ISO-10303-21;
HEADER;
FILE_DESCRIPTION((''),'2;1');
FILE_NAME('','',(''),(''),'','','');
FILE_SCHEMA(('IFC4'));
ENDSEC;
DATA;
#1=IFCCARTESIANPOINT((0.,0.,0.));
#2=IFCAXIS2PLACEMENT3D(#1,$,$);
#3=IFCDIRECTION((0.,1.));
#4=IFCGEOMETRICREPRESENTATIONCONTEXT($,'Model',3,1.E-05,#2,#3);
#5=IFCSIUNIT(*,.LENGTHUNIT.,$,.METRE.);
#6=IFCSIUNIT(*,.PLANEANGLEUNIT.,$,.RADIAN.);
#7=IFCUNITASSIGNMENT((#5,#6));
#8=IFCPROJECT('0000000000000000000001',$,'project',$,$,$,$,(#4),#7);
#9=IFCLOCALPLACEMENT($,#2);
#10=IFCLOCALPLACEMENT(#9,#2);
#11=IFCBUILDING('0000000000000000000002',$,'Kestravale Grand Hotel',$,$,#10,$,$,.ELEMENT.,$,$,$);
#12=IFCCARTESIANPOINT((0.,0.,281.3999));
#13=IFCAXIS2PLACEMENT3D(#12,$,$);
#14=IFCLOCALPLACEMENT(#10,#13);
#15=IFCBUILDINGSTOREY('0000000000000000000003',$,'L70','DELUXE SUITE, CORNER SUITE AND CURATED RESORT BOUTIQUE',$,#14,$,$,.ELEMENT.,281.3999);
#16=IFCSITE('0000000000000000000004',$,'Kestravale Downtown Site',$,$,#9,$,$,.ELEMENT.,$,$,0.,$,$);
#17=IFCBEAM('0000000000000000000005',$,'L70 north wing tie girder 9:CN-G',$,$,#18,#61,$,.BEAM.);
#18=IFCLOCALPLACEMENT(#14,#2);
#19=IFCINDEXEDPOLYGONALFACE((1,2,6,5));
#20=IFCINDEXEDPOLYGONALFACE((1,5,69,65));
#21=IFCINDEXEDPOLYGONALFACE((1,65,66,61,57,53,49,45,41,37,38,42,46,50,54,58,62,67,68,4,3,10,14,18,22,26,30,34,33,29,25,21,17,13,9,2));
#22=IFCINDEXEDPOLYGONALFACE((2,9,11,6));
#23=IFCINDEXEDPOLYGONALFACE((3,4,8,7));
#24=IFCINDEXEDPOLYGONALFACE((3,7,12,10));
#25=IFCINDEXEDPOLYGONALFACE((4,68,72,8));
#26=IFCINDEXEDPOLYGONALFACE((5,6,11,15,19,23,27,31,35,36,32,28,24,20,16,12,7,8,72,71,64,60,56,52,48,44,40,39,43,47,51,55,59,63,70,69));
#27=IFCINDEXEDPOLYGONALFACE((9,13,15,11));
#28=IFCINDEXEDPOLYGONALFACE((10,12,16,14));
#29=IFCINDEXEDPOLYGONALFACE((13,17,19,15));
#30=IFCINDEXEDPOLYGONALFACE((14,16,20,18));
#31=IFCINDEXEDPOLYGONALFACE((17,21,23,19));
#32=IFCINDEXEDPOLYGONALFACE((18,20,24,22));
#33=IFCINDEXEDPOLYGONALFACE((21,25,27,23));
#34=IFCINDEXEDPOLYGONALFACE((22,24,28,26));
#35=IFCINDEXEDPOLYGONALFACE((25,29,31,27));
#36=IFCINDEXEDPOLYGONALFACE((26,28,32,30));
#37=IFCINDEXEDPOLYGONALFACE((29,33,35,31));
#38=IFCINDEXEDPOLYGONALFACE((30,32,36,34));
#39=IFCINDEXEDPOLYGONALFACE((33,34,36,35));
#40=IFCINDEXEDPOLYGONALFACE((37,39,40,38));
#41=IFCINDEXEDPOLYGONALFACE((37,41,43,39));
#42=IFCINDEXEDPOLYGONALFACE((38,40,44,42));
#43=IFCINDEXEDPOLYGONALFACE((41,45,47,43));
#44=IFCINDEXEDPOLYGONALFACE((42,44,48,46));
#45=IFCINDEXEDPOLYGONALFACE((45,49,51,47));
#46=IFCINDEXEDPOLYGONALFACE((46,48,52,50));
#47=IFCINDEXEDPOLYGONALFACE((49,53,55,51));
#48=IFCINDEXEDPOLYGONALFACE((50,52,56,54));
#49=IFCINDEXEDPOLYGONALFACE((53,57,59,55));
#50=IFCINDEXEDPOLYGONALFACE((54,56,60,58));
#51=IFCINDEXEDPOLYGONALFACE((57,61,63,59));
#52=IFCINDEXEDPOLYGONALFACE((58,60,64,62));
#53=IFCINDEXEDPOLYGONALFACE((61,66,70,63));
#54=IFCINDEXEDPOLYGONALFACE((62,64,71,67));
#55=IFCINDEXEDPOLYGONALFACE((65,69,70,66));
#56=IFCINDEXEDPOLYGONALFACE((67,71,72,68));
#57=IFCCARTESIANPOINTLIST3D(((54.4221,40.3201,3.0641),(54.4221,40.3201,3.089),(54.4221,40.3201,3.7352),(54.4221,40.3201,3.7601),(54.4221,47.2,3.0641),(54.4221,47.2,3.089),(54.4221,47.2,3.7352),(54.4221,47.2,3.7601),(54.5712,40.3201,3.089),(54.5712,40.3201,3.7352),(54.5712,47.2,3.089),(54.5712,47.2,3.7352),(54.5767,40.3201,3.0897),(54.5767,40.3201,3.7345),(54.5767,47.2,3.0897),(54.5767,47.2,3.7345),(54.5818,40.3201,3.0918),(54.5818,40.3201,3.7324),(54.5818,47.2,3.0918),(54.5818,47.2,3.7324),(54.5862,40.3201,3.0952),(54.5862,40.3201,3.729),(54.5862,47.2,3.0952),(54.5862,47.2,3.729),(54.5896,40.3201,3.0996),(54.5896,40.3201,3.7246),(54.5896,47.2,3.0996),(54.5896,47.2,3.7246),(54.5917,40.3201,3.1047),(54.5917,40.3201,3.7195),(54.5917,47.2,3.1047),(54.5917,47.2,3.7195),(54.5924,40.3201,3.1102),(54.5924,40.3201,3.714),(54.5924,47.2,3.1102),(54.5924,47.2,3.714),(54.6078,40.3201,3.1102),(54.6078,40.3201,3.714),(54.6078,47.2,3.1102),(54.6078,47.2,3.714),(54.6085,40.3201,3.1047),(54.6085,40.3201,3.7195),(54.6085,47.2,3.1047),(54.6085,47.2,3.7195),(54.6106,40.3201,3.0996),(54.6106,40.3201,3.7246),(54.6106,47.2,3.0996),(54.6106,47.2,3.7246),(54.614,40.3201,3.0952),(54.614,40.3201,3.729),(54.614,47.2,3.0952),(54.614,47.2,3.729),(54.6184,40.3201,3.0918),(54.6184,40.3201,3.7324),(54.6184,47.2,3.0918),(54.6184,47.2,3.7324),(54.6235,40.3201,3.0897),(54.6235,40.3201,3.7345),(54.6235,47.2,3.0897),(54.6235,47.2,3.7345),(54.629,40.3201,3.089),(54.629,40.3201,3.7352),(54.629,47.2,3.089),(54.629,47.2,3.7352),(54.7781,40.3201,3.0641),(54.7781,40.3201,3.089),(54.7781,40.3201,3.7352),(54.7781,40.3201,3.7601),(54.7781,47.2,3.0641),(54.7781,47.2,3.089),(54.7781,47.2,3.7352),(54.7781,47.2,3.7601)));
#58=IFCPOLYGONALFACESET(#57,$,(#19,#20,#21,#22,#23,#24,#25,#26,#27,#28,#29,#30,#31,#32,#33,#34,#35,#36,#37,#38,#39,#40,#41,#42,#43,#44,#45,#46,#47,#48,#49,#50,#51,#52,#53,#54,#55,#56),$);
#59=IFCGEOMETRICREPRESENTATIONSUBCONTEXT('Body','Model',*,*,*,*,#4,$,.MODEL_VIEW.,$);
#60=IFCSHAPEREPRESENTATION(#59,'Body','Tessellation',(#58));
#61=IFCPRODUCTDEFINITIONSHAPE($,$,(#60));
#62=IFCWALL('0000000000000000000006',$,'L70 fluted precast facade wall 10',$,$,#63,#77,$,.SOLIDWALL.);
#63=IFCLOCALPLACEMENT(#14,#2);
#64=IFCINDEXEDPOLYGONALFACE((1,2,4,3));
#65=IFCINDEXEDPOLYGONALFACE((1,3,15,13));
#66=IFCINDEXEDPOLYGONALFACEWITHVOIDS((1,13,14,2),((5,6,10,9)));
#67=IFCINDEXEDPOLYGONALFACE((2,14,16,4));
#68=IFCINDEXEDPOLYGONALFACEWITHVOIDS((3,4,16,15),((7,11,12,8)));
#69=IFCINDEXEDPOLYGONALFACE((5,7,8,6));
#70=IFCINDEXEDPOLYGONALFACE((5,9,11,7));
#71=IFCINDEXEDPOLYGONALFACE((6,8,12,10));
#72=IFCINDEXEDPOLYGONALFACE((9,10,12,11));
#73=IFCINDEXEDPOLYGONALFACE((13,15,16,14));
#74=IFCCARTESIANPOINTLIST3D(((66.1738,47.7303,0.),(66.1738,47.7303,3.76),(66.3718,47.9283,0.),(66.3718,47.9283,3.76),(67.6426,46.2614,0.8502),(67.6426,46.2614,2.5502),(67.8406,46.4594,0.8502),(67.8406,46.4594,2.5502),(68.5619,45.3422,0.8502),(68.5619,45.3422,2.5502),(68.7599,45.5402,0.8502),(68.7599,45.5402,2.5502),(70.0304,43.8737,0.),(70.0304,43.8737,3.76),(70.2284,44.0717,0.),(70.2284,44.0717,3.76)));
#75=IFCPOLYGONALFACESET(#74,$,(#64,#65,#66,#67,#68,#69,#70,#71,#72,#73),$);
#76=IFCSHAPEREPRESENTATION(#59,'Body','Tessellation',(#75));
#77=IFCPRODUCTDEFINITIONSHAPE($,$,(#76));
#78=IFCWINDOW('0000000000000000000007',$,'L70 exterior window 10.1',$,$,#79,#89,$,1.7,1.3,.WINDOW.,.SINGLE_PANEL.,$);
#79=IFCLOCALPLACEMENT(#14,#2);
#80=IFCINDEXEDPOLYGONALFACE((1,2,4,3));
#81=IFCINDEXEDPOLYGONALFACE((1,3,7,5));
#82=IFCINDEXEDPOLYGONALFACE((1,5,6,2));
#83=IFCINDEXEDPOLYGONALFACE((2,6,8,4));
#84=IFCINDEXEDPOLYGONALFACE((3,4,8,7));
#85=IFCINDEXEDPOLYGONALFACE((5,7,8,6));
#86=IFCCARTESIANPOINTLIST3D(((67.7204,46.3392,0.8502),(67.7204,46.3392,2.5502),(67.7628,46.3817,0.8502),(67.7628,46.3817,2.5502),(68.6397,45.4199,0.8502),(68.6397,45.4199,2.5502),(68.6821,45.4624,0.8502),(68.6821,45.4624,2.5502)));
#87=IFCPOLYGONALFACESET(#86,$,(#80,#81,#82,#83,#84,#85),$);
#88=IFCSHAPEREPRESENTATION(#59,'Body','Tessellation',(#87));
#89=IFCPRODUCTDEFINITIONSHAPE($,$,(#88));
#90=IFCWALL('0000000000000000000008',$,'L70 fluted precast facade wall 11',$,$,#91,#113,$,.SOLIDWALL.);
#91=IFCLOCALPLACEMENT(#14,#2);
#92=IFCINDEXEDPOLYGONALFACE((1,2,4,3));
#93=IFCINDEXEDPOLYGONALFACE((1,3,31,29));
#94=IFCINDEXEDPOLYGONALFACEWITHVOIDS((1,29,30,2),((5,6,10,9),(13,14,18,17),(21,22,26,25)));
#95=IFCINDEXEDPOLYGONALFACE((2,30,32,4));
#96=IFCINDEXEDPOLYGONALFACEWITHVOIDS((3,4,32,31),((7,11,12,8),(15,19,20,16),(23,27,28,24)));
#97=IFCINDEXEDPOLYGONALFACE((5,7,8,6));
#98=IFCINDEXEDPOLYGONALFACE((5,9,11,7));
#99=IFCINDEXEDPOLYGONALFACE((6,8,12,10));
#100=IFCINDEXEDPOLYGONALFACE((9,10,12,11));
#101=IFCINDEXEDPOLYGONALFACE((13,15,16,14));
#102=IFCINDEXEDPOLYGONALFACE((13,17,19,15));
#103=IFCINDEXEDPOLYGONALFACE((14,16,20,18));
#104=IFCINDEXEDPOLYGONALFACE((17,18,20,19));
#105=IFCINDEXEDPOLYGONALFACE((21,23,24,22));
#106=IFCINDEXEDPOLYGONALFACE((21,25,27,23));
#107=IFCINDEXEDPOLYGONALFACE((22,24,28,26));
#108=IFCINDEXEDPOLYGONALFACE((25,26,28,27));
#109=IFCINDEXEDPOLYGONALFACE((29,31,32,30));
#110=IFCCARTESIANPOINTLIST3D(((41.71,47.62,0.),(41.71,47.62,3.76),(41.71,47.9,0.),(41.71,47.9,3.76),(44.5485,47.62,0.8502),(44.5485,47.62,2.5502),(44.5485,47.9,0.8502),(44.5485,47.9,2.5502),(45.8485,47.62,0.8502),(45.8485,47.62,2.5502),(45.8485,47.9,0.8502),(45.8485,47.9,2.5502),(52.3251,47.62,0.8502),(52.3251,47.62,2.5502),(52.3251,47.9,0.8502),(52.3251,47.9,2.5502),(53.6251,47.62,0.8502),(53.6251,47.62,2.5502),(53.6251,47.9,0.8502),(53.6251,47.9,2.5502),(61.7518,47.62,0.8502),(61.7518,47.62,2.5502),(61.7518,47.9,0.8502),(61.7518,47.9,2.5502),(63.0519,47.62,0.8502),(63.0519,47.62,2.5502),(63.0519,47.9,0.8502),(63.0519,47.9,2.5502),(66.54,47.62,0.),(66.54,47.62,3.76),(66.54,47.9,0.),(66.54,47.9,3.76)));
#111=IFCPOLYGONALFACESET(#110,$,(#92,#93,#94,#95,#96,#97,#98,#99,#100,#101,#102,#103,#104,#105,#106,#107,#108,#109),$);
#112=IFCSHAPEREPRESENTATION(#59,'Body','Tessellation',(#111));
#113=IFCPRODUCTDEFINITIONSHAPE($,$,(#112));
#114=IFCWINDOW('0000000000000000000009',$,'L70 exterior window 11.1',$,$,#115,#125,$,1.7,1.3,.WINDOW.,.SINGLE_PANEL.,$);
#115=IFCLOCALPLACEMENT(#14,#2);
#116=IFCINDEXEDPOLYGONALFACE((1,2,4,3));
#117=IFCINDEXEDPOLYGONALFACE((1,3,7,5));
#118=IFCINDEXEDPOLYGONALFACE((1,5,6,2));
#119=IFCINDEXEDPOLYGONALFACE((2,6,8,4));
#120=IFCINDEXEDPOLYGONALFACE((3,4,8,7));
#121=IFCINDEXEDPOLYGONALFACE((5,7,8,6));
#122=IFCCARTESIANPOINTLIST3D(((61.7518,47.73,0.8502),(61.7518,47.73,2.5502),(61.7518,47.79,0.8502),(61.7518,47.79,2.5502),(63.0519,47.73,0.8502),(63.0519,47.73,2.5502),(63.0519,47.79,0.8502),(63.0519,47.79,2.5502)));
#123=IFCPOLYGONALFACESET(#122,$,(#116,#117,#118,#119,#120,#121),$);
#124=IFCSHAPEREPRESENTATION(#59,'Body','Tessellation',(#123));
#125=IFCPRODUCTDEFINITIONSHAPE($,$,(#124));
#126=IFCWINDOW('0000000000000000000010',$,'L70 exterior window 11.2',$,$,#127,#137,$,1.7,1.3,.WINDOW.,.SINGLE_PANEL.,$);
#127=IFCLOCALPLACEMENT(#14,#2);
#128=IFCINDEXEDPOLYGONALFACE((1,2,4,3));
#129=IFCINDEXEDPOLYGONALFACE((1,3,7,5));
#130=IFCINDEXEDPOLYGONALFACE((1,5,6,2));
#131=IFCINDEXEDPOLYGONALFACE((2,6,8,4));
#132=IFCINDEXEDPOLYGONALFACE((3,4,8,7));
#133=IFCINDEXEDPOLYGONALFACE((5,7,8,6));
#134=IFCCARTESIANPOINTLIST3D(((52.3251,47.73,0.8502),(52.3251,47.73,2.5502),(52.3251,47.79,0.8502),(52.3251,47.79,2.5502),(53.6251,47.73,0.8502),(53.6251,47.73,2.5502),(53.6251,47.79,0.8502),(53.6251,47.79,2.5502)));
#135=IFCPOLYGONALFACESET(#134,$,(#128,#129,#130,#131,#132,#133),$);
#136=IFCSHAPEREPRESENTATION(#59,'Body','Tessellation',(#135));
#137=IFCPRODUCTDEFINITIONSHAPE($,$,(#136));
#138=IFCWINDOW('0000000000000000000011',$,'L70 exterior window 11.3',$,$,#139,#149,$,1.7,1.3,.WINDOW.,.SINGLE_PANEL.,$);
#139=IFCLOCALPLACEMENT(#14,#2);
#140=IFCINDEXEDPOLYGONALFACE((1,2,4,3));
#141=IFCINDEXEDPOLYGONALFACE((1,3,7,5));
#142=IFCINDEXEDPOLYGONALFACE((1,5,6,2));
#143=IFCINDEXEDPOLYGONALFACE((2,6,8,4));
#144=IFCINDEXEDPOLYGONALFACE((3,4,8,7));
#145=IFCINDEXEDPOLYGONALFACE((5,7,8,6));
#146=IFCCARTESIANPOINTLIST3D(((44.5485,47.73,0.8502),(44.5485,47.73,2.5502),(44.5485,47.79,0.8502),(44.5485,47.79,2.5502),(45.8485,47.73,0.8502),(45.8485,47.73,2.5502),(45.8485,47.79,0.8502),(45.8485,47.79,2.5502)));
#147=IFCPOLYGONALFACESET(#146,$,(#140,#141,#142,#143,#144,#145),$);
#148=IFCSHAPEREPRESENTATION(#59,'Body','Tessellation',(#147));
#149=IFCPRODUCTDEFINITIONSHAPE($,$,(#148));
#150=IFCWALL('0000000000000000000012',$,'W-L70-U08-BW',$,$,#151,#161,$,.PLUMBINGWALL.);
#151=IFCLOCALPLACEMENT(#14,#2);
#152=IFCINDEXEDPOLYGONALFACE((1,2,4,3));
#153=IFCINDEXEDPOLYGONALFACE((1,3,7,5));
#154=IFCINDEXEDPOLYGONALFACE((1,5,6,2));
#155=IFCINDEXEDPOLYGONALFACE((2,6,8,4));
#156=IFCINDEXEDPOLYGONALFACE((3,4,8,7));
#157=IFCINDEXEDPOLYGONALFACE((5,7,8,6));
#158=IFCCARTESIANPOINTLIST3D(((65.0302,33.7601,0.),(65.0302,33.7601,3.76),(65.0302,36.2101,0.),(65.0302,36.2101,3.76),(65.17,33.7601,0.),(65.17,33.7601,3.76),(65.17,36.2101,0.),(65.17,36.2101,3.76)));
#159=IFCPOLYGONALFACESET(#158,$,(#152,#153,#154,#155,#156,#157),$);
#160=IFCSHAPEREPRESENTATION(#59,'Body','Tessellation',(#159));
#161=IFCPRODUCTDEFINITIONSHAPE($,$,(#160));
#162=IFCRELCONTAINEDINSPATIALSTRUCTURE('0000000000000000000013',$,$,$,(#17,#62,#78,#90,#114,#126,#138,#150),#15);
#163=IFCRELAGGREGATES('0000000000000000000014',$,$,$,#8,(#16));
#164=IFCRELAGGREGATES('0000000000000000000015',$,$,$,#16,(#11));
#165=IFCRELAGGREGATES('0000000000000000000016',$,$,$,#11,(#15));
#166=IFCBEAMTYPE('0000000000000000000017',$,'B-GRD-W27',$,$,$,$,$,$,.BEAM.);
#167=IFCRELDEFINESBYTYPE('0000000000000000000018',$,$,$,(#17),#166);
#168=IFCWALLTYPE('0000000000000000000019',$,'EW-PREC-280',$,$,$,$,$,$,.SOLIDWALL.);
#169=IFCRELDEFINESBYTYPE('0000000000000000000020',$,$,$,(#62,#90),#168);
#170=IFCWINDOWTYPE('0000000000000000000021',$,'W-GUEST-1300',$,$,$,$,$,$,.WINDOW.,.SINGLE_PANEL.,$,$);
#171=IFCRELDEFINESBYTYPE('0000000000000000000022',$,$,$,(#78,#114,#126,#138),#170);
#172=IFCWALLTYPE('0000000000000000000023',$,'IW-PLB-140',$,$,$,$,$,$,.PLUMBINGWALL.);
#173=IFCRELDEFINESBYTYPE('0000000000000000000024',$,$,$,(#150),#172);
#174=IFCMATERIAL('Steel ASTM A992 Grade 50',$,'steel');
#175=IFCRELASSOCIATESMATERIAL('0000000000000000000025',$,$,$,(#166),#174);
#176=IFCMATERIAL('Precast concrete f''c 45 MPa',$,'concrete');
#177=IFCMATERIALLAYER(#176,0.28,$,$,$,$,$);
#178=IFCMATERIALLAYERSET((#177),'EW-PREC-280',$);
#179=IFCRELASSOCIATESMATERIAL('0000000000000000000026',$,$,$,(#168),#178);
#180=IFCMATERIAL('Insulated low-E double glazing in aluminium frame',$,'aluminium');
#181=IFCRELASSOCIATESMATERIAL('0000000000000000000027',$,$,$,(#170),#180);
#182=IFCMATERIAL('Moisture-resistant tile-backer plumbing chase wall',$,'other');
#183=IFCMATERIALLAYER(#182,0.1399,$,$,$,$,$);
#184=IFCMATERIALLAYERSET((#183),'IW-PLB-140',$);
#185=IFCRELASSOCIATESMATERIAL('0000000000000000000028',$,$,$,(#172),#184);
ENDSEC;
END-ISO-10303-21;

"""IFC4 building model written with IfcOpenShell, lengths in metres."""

from ifc_helpers import new_model, si_unit, direction, frame, frame_2d, origin, origin_2d, place, context, subcontext, project, spatial, rectangle, i_section, extrude, material, layer, layer_set, material_profile, profile_set, type_object, element, fill, save


model = new_model("IFC4")

# Units and contexts
model_context = context("Model", 3, precision=1e-05, world=origin(), true_north=direction((0.0, 1.0)))
body_context = subcontext(model_context, "Body", "Model", "MODEL_VIEW")
ifc_project = project(units=[si_unit("LENGTHUNIT", "METRE"), si_unit("PLANEANGLEUNIT", "RADIAN")], contexts=[model_context])

# Site, building, storey
site_placement = place(None, origin())
site = spatial("IfcSite", under=ifc_project, at=site_placement, Name="Kestravale Downtown Site", CompositionType="ELEMENT", RefElevation=0.0)
building_placement = place(site_placement, origin())
building = spatial("IfcBuilding", under=site, at=building_placement, Name="Kestravale Grand Hotel", CompositionType="ELEMENT")
storey_placement = place(building_placement, frame((0.0, 0.0, 281.3999)))
storey = spatial("IfcBuildingStorey", under=building, at=storey_placement, Name="L70", Description="DELUXE SUITE, CORNER SUITE AND CURATED RESORT BOUTIQUE", CompositionType="ELEMENT", Elevation=281.3999)

# Beam
ifc_material_1 = material(Name="Steel ASTM A992 Grade 50", Category="steel")
ifc_material_profile_1 = material_profile(ifc_material_1, i_section(OverallWidth=0.356, OverallDepth=0.696, WebThickness=0.0154, FlangeThickness=0.0249, FilletRadius=0.0212, at=origin_2d()))
ifc_profile_set_1 = profile_set([ifc_material_profile_1], Name="Steel ASTM A992 Grade 50")
beam_type = type_object("IfcBeamType", Name="B-GRD-W27", PredefinedType="BEAM", material=ifc_profile_set_1)
beam_1_placement = place(storey_placement, frame((54.6001, 40.3201, 3.4121), z_axis=(0.0, 1.0, 0.0), x_axis=(-1.0, 0.0, 0.0)))
element("IfcBeam", 1, at=beam_1_placement, inside=storey, type_object=beam_type, Name="L70 north wing tie girder 9:CN-G", PredefinedType="BEAM", context=body_context, shape_type="SweptSolid", body=[
    extrude(i_section(OverallWidth=0.356, OverallDepth=0.696, WebThickness=0.0154, FlangeThickness=0.0249, FilletRadius=0.0212, at=origin_2d()), origin(), (0.0, 0.0, 1.0), 6.8799),
])

# Wall, opening, window
ifc_material_2 = material(Name="Precast concrete f'c 45 MPa", Category="concrete")
ifc_layer_1 = layer(ifc_material_2, 0.28)
ifc_layer_set_1 = layer_set([ifc_layer_1], Name="EW-PREC-280")
wall_type_1 = type_object("IfcWallType", Name="EW-PREC-280", PredefinedType="SOLIDWALL", material=ifc_layer_set_1)
wall_1_placement = place(storey_placement, frame((70.1294, 43.9727, 0.0), z_axis=(0.0, 0.0, 1.0), x_axis=(-0.707107, 0.707107, 0.0)))
wall_1 = element("IfcWall", 2, at=wall_1_placement, inside=storey, type_object=wall_type_1, Name="L70 fluted precast facade wall 10", PredefinedType="SOLIDWALL", context=body_context, shape_type="SweptSolid", body=[
    extrude(rectangle(XDim=5.4541, YDim=0.28, at=frame_2d((2.7271, 0.0))), origin(), (0.0, 0.0, 1.0), 3.76),
])
opening_1_placement = place(wall_1_placement, frame((2.0769, 0.0, 0.8501)))
opening_1 = element("IfcOpeningElement", 3, at=opening_1_placement, cuts=wall_1, PredefinedType="OPENING", context=body_context, shape_type="SweptSolid", body=[
    extrude(rectangle(XDim=1.3, YDim=1.7, at=frame_2d((0.6499, 0.8501))), frame((0.0, 0.1499, 0.0), z_axis=(0.0, -1.0, 0.0), x_axis=(1.0, 0.0, 0.0)), (0.0, 0.0, 1.0), 0.3),
])
ifc_material_3 = material(Name="Insulated low-E double glazing in aluminium frame", Category="aluminium")
window_type = type_object("IfcWindowType", Name="W-GUEST-1300", PartitioningType="SINGLE_PANEL", PredefinedType="WINDOW", material=ifc_material_3)
window_1_placement = place(opening_1_placement, origin())
window_1 = element("IfcWindow", 4, at=window_1_placement, inside=storey, type_object=window_type, Name="L70 exterior window 10.1", OverallHeight=1.7, OverallWidth=1.3, PartitioningType="SINGLE_PANEL", PredefinedType="WINDOW", context=body_context, shape_type="SweptSolid", body=[
    extrude(rectangle(XDim=1.3, YDim=1.7, at=frame_2d((0.6499, 0.8501))), frame((0.0, 0.03, 0.0), z_axis=(0.0, -1.0, 0.0), x_axis=(1.0, 0.0, 0.0)), (0.0, 0.0, 1.0), 0.0601),
])
fill(opening_1, window_1)

# Wall, openings, windows
wall_2_placement = place(storey_placement, frame((66.54, 47.76, 0.0), z_axis=(0.0, 0.0, 1.0), x_axis=(-1.0, 0.0, 0.0)))
wall_2 = element("IfcWall", 5, at=wall_2_placement, inside=storey, type_object=wall_type_1, Name="L70 fluted precast facade wall 11", PredefinedType="SOLIDWALL", context=body_context, shape_type="SweptSolid", body=[
    extrude(rectangle(XDim=24.8301, YDim=0.28, at=frame_2d((12.415, 0.0))), origin(), (0.0, 0.0, 1.0), 3.76),
])
opening_2_placement = place(wall_2_placement, frame((3.4883, 0.0, 0.8501)))
opening_2 = element("IfcOpeningElement", 6, at=opening_2_placement, cuts=wall_2, PredefinedType="OPENING", context=body_context, shape_type="SweptSolid", body=[
    extrude(rectangle(XDim=1.3, YDim=1.7, at=frame_2d((0.6499, 0.8501))), frame((0.0, 0.1499, 0.0), z_axis=(0.0, -1.0, 0.0), x_axis=(1.0, 0.0, 0.0)), (0.0, 0.0, 1.0), 0.3),
])
opening_3_placement = place(wall_2_placement, frame((12.915, 0.0, 0.8501)))
opening_3 = element("IfcOpeningElement", 7, at=opening_3_placement, cuts=wall_2, PredefinedType="OPENING", context=body_context, shape_type="SweptSolid", body=[
    extrude(rectangle(XDim=1.3, YDim=1.7, at=frame_2d((0.6499, 0.8501))), frame((0.0, 0.1499, 0.0), z_axis=(0.0, -1.0, 0.0), x_axis=(1.0, 0.0, 0.0)), (0.0, 0.0, 1.0), 0.3),
])
opening_4_placement = place(wall_2_placement, frame((20.6917, 0.0, 0.8501)))
opening_4 = element("IfcOpeningElement", 8, at=opening_4_placement, cuts=wall_2, PredefinedType="OPENING", context=body_context, shape_type="SweptSolid", body=[
    extrude(rectangle(XDim=1.3, YDim=1.7, at=frame_2d((0.6499, 0.8501))), frame((0.0, 0.1499, 0.0), z_axis=(0.0, -1.0, 0.0), x_axis=(1.0, 0.0, 0.0)), (0.0, 0.0, 1.0), 0.3),
])
window_2_placement = place(opening_2_placement, origin())
window_2 = element("IfcWindow", 9, at=window_2_placement, inside=storey, type_object=window_type, Name="L70 exterior window 11.1", OverallHeight=1.7, OverallWidth=1.3, PartitioningType="SINGLE_PANEL", PredefinedType="WINDOW", context=body_context, shape_type="SweptSolid", body=[
    extrude(rectangle(XDim=1.3, YDim=1.7, at=frame_2d((0.6499, 0.8501))), frame((0.0, 0.03, 0.0), z_axis=(0.0, -1.0, 0.0), x_axis=(1.0, 0.0, 0.0)), (0.0, 0.0, 1.0), 0.0601),
])
fill(opening_2, window_2)
window_3_placement = place(opening_3_placement, origin())
window_3 = element("IfcWindow", 10, at=window_3_placement, inside=storey, type_object=window_type, Name="L70 exterior window 11.2", OverallHeight=1.7, OverallWidth=1.3, PartitioningType="SINGLE_PANEL", PredefinedType="WINDOW", context=body_context, shape_type="SweptSolid", body=[
    extrude(rectangle(XDim=1.3, YDim=1.7, at=frame_2d((0.6499, 0.8501))), frame((0.0, 0.03, 0.0), z_axis=(0.0, -1.0, 0.0), x_axis=(1.0, 0.0, 0.0)), (0.0, 0.0, 1.0), 0.0601),
])
fill(opening_3, window_3)
window_4_placement = place(opening_4_placement, origin())
window_4 = element("IfcWindow", 11, at=window_4_placement, inside=storey, type_object=window_type, Name="L70 exterior window 11.3", OverallHeight=1.7, OverallWidth=1.3, PartitioningType="SINGLE_PANEL", PredefinedType="WINDOW", context=body_context, shape_type="SweptSolid", body=[
    extrude(rectangle(XDim=1.3, YDim=1.7, at=frame_2d((0.6499, 0.8501))), frame((0.0, 0.03, 0.0), z_axis=(0.0, -1.0, 0.0), x_axis=(1.0, 0.0, 0.0)), (0.0, 0.0, 1.0), 0.0601),
])
fill(opening_4, window_4)

# Wall
ifc_material_4 = material(Name="Moisture-resistant tile-backer plumbing chase wall", Category="other")
ifc_layer_2 = layer(ifc_material_4, 0.1399)
ifc_layer_set_2 = layer_set([ifc_layer_2], Name="IW-PLB-140")
wall_type_2 = type_object("IfcWallType", Name="IW-PLB-140", PredefinedType="PLUMBINGWALL", material=ifc_layer_set_2)
wall_3_placement = place(storey_placement, frame((65.1001, 33.76, 0.0), z_axis=(0.0, 0.0, 1.0), x_axis=(0.0, 1.0, 0.0)))
element("IfcWall", 12, at=wall_3_placement, inside=storey, type_object=wall_type_2, Name="W-L70-U08-BW", PredefinedType="PLUMBINGWALL", context=body_context, shape_type="SweptSolid", body=[
    extrude(rectangle(XDim=2.45, YDim=0.1399, at=frame_2d((1.2251, 0.0))), origin(), (0.0, 0.0, 1.0), 3.76),
])

save(model, "model.ifc")
